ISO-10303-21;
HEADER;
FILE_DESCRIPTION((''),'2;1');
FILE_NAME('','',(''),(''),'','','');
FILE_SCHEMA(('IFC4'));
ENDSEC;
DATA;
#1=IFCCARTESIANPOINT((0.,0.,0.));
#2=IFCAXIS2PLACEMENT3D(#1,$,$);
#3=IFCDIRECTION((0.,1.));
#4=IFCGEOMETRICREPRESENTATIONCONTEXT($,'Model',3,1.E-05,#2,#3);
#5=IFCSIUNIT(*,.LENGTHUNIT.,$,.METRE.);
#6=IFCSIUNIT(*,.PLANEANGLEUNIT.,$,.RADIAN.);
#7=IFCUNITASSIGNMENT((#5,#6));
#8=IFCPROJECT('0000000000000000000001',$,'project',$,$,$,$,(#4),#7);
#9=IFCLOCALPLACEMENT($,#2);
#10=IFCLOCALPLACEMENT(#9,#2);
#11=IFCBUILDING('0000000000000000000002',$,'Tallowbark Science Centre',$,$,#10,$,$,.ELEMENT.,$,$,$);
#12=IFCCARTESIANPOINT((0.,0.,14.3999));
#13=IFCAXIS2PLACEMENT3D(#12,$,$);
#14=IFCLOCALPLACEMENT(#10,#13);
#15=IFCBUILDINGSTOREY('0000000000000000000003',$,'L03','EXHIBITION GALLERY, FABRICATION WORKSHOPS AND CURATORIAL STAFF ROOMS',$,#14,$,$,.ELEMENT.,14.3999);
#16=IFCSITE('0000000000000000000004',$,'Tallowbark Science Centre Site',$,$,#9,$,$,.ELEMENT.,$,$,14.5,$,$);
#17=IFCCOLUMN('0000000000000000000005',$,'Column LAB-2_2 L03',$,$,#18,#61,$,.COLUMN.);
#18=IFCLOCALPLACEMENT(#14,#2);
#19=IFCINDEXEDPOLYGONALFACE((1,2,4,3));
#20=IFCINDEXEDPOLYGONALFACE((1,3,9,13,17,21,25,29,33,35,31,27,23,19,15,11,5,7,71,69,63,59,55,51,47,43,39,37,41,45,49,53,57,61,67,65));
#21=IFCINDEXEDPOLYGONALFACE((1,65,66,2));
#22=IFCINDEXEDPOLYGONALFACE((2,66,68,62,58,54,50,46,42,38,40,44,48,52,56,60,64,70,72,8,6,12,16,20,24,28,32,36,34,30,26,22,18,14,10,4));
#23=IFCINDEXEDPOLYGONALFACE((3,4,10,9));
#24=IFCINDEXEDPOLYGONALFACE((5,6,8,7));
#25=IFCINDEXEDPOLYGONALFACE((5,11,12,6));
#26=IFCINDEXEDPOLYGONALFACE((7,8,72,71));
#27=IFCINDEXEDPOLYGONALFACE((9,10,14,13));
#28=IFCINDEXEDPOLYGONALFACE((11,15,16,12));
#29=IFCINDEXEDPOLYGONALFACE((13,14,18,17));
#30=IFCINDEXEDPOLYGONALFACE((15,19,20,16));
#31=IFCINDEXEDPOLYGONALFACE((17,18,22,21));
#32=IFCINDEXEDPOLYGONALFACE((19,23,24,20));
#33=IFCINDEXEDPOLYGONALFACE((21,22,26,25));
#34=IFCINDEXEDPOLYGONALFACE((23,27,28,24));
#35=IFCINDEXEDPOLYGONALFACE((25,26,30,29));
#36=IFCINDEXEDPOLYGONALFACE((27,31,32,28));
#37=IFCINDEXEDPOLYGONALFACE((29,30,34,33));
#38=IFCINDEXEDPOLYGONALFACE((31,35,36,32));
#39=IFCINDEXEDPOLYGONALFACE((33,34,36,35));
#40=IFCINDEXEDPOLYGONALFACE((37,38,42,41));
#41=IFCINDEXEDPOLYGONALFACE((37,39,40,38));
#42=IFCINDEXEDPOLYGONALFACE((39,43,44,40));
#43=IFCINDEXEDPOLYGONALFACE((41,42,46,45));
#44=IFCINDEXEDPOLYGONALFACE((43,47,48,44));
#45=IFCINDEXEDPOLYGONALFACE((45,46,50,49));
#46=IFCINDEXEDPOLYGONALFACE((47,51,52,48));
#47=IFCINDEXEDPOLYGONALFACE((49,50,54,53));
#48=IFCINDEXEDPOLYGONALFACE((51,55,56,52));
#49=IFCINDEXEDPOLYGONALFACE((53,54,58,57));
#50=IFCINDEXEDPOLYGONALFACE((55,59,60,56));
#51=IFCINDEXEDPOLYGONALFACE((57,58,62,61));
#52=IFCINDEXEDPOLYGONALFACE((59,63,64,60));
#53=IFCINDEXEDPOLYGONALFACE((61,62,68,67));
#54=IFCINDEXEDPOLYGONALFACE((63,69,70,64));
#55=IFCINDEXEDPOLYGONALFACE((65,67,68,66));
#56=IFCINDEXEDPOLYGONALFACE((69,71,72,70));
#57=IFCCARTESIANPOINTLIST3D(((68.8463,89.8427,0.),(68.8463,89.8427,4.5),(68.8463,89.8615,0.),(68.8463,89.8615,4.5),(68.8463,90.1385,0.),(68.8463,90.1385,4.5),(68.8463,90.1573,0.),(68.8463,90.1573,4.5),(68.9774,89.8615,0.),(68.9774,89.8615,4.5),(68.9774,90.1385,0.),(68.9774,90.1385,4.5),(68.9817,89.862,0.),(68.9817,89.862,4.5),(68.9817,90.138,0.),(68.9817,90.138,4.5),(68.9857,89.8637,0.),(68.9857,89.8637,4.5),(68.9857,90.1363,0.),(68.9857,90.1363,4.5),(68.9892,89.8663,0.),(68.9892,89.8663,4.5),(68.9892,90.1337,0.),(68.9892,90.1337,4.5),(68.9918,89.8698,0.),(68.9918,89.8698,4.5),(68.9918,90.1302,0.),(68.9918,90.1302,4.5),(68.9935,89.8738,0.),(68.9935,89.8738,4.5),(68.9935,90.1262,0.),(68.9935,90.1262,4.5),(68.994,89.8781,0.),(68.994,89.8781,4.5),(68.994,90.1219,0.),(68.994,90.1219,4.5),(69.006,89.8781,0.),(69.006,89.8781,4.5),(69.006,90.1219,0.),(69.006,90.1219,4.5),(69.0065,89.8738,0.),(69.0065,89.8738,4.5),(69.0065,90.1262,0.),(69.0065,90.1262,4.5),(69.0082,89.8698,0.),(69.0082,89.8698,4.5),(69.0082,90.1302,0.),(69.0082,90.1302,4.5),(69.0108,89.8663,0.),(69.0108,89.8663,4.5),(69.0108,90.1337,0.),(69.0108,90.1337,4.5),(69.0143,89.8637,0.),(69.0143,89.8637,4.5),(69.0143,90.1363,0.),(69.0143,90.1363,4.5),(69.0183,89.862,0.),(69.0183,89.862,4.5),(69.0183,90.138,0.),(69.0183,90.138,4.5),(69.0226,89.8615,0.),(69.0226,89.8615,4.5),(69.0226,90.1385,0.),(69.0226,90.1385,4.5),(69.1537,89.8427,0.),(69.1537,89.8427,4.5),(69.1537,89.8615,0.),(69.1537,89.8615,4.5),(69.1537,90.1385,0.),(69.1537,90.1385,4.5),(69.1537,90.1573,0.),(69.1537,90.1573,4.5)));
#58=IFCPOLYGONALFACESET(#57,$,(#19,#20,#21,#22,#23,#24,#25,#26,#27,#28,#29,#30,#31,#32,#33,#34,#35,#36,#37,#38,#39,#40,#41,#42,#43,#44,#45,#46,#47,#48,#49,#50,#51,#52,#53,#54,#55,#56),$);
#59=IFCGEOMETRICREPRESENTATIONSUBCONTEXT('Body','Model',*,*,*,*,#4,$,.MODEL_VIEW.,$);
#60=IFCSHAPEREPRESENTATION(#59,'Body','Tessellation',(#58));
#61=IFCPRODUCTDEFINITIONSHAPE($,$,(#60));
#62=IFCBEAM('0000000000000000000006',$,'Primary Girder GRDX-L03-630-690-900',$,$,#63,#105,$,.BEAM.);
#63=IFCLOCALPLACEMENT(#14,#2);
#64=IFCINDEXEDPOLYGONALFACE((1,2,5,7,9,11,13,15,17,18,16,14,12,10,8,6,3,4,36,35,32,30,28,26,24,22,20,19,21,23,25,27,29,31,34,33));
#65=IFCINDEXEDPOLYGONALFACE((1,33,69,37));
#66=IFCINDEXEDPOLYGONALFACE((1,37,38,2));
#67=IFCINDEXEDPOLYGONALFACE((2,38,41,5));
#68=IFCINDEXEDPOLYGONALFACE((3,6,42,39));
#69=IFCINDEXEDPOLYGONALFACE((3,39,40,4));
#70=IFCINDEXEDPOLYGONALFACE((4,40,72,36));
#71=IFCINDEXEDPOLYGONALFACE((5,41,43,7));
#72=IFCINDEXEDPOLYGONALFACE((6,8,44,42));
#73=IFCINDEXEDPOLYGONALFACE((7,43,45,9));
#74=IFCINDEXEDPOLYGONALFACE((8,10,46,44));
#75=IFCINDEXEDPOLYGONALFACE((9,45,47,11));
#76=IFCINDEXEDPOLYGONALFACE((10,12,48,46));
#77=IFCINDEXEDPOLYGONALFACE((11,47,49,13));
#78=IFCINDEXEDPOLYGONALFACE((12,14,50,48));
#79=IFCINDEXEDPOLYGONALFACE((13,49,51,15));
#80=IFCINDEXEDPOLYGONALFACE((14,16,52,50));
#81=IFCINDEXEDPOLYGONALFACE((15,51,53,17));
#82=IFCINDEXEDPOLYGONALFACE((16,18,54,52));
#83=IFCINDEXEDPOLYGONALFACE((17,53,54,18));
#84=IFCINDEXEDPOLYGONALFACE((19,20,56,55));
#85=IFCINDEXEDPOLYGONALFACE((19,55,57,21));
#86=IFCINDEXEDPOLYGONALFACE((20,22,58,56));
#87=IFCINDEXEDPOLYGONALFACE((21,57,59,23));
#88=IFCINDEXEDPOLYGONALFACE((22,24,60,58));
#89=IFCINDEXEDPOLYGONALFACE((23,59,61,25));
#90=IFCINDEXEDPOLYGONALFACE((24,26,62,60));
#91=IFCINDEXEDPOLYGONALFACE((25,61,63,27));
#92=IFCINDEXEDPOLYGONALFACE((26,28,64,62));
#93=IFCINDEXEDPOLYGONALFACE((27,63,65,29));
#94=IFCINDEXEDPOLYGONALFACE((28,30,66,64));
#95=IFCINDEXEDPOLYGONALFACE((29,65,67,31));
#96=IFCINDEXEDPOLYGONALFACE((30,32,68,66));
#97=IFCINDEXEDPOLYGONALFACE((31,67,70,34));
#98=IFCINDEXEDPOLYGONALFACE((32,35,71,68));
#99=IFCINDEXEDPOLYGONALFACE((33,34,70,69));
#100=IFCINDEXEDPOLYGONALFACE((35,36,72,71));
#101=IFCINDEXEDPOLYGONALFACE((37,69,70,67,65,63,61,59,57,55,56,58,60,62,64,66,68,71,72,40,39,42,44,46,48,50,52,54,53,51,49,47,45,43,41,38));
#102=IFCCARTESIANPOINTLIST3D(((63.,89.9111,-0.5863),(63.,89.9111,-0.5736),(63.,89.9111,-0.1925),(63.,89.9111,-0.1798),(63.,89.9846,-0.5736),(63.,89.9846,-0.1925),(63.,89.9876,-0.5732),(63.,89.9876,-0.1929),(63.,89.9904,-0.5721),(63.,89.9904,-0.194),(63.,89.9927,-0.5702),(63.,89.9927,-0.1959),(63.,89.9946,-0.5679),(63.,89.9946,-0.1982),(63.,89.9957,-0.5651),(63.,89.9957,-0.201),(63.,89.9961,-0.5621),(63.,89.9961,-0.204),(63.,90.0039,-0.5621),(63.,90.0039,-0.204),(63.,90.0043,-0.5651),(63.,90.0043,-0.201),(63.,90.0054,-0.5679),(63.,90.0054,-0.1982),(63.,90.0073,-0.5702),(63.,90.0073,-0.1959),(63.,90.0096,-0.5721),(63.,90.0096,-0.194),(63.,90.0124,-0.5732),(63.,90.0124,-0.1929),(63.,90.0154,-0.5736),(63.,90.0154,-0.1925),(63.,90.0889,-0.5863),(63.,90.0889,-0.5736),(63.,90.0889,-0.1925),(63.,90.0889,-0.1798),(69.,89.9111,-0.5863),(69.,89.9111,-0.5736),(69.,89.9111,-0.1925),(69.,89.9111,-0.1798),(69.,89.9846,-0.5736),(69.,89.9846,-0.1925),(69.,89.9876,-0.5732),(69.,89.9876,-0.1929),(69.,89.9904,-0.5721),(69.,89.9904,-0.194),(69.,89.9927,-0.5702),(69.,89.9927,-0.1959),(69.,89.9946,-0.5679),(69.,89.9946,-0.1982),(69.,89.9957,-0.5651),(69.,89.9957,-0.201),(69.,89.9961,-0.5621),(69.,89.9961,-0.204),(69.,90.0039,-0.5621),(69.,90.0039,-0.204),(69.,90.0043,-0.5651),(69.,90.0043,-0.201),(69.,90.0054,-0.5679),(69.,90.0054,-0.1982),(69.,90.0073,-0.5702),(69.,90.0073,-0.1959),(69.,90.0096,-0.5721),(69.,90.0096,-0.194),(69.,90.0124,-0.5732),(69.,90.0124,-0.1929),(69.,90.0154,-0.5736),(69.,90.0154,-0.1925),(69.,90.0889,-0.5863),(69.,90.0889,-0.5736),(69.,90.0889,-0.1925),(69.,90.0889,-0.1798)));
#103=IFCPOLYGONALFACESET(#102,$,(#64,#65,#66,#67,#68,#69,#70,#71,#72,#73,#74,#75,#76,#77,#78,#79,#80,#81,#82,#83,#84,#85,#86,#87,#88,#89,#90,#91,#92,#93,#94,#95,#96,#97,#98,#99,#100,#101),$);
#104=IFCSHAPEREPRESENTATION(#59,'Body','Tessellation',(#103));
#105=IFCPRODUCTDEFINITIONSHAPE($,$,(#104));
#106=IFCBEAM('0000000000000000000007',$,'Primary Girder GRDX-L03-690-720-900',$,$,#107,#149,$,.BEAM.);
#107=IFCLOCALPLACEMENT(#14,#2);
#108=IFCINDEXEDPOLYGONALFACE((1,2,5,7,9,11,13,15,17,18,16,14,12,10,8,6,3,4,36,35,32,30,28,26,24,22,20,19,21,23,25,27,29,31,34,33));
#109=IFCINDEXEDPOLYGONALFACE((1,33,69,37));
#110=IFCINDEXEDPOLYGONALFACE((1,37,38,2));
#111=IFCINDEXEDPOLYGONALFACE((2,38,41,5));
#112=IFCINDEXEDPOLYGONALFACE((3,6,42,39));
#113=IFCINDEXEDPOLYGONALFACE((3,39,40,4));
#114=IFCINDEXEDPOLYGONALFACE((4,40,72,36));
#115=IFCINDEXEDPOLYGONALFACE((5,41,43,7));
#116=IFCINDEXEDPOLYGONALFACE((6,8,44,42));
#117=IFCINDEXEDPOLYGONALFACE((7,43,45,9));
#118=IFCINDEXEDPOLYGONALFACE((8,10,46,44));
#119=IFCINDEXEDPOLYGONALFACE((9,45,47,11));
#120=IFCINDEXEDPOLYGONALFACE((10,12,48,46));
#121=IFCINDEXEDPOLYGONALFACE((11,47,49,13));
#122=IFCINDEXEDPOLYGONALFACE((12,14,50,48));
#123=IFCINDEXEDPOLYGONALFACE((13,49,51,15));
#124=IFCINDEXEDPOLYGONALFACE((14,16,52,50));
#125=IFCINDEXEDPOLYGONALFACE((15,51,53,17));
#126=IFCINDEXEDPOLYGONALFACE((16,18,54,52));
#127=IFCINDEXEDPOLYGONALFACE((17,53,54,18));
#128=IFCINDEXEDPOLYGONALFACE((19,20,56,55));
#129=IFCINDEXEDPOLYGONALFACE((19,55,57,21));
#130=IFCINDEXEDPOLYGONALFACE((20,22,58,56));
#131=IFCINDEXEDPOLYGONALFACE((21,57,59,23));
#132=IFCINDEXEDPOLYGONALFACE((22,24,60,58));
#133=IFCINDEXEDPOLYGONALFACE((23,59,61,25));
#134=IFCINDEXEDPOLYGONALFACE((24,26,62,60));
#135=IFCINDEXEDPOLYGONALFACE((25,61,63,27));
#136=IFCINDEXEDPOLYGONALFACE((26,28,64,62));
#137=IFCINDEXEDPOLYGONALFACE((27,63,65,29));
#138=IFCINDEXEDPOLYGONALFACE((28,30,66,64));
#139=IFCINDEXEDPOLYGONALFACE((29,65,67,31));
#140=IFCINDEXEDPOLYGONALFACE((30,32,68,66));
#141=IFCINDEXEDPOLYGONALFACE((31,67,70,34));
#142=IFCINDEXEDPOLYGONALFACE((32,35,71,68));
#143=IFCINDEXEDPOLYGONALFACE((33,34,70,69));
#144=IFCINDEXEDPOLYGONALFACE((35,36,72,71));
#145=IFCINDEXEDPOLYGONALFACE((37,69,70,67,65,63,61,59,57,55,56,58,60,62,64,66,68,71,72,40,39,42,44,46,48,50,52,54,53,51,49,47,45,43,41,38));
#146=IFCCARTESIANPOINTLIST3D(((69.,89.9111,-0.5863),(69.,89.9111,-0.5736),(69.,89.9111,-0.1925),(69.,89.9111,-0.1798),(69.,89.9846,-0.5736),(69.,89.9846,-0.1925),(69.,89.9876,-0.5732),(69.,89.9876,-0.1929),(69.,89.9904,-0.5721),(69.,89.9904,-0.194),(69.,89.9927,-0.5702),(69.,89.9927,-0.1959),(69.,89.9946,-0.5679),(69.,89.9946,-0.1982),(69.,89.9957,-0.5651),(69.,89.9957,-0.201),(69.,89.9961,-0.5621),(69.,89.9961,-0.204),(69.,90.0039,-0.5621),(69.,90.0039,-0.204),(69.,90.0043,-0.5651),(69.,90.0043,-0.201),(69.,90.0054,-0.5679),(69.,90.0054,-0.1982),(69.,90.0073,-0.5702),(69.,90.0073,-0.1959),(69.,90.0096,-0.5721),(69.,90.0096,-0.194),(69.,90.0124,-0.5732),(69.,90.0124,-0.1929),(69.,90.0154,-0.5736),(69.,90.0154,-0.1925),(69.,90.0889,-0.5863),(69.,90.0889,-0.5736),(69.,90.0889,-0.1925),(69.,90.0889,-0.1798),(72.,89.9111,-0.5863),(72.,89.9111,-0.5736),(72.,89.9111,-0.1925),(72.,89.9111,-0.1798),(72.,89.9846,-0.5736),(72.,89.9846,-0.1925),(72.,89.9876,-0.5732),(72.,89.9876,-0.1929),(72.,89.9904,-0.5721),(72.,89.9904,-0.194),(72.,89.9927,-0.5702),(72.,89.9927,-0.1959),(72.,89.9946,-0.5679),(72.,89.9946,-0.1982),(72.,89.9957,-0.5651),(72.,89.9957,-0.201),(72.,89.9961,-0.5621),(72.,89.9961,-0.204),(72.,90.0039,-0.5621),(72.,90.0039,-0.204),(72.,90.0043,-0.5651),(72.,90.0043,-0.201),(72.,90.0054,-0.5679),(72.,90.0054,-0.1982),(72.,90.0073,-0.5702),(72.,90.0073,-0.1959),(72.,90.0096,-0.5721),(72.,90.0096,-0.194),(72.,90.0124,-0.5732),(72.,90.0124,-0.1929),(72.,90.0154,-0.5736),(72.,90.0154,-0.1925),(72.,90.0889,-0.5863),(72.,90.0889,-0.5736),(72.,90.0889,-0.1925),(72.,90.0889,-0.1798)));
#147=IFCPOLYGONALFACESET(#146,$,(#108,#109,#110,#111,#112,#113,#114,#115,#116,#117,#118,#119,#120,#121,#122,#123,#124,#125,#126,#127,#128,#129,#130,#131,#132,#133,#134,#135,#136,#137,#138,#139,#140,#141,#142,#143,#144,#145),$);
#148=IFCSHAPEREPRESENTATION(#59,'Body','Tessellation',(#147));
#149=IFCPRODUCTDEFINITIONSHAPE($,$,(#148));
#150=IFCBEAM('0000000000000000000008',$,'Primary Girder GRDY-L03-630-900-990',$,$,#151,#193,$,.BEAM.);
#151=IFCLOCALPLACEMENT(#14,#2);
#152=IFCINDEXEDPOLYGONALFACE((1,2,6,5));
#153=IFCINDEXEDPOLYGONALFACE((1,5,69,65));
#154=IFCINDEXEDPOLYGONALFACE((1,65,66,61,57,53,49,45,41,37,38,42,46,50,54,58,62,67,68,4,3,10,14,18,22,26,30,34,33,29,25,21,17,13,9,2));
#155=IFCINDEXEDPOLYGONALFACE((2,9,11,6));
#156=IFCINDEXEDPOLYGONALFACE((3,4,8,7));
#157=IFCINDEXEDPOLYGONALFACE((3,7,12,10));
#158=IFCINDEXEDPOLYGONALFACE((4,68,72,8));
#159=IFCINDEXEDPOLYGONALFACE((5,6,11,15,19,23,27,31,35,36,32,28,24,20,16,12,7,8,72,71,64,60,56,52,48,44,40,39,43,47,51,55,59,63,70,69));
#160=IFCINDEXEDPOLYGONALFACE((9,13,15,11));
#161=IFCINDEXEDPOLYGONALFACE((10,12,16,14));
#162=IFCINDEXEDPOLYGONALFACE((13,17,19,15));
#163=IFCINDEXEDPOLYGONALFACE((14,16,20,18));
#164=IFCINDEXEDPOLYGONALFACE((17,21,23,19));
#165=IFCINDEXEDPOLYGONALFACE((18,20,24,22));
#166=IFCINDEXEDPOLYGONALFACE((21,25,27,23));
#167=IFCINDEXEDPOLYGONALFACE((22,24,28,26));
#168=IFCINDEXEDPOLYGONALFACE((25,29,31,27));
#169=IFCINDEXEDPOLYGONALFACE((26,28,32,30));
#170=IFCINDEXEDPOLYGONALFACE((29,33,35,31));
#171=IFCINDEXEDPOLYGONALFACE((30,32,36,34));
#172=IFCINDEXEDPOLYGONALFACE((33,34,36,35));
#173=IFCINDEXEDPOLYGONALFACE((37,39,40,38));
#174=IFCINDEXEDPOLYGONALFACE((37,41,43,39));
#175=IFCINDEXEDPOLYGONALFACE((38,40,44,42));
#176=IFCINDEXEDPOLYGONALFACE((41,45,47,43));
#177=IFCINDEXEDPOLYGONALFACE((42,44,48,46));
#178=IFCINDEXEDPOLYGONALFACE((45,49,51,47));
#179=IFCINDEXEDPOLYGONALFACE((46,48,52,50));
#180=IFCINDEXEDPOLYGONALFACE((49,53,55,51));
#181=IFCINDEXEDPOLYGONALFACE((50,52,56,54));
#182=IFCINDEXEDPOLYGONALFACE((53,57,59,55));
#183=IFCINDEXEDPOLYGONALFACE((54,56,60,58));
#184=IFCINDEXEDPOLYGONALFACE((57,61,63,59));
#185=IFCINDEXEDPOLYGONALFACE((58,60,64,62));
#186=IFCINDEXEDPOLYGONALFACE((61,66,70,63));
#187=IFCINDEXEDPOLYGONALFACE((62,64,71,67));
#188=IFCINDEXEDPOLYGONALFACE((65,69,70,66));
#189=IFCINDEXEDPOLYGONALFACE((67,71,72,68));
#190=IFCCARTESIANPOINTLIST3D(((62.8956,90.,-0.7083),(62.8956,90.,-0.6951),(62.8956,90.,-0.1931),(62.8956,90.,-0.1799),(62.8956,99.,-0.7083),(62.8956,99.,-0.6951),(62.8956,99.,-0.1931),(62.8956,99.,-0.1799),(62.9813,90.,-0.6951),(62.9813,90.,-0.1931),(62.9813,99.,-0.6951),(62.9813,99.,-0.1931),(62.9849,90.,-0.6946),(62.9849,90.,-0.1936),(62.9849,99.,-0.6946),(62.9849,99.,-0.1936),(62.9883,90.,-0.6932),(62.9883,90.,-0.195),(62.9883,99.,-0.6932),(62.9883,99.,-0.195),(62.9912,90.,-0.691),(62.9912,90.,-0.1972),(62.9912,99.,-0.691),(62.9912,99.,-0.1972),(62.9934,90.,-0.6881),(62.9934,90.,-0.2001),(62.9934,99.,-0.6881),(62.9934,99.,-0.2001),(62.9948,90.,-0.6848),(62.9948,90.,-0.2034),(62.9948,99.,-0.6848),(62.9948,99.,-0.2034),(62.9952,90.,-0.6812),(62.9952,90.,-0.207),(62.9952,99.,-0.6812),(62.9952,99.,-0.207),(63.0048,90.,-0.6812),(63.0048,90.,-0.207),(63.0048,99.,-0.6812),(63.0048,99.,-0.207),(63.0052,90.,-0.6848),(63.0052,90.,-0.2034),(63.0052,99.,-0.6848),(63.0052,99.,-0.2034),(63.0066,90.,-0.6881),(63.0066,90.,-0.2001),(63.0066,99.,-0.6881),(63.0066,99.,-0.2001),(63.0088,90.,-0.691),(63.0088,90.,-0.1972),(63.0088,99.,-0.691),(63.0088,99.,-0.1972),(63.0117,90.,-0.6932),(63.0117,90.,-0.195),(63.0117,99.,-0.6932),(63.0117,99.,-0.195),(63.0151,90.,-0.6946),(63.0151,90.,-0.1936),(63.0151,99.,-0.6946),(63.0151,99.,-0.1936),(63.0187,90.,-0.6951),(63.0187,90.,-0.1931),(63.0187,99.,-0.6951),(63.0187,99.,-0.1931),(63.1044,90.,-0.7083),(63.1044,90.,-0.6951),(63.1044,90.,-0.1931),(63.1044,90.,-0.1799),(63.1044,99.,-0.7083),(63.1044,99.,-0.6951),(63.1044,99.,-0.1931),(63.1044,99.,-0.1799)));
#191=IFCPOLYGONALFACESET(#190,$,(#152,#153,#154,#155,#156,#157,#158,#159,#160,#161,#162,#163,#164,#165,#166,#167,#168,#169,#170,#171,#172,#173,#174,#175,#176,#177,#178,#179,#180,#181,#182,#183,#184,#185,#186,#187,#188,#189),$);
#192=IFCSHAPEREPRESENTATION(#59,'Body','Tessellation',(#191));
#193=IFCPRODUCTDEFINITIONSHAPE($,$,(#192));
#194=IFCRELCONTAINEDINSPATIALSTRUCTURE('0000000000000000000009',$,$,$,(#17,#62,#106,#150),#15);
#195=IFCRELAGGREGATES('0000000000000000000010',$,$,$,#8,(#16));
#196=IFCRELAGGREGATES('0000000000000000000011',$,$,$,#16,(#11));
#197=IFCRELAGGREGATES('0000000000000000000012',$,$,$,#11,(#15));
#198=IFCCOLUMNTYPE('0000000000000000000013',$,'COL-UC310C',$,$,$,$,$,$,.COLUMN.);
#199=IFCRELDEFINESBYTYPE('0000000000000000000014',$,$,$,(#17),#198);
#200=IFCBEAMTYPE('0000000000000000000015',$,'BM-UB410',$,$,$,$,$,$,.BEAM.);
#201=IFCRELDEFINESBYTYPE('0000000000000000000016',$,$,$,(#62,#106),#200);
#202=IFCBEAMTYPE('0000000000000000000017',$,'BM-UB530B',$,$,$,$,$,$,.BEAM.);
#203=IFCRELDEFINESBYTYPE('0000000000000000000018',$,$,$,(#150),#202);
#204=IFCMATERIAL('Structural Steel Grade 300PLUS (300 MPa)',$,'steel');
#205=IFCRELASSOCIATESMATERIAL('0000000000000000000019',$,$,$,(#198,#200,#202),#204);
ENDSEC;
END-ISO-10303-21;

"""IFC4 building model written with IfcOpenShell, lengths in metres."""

from ifc_helpers import new_model, si_unit, direction, frame, origin, origin_2d, place, context, subcontext, project, spatial, i_section, extrude, material, material_profile, profile_set, type_object, element, save


model = new_model("IFC4")

# Units and contexts
model_context = context("Model", 3, precision=1e-05, world=origin(), true_north=direction((0.0, 1.0)))
body_context = subcontext(model_context, "Body", "Model", "MODEL_VIEW")
ifc_project = project(units=[si_unit("LENGTHUNIT", "METRE"), si_unit("PLANEANGLEUNIT", "RADIAN")], contexts=[model_context])

# Site, building, storey
site_placement = place(None, origin())
site = spatial("IfcSite", under=ifc_project, at=site_placement, Name="Tallowbark Science Centre Site", CompositionType="ELEMENT", RefElevation=14.5)
building_placement = place(site_placement, origin())
building = spatial("IfcBuilding", under=site, at=building_placement, Name="Tallowbark Science Centre", CompositionType="ELEMENT")
storey_placement = place(building_placement, frame((0.0, 0.0, 14.3999)))
storey = spatial("IfcBuildingStorey", under=building, at=storey_placement, Name="L03", Description="EXHIBITION GALLERY, FABRICATION WORKSHOPS AND CURATORIAL STAFF ROOMS", CompositionType="ELEMENT", Elevation=14.3999)

# Column
ifc_material_1 = material(Name="Structural Steel Grade 300PLUS (300 MPa)", Category="steel")
ifc_material_profile_1 = material_profile(ifc_material_1, i_section(OverallWidth=0.3074, OverallDepth=0.3147, WebThickness=0.012, FlangeThickness=0.0188, FilletRadius=0.0166, at=origin_2d()), Name="310UC118")
ifc_profile_set_1 = profile_set([ifc_material_profile_1], Name="Structural Steel Grade 300PLUS (300 MPa)")
column_type = type_object("IfcColumnType", Name="COL-UC310C", PredefinedType="COLUMN", material=ifc_profile_set_1)
column_placement = place(storey_placement, frame((69.0, 90.0, 0.0), z_axis=(0.0, 0.0, 1.0), x_axis=(1.0, 0.0, 0.0)))
element("IfcColumn", 1, at=column_placement, inside=storey, type_object=column_type, Name="Column LAB-2_2 L03", PredefinedType="COLUMN", context=body_context, shape_type="SweptSolid", body=[
    extrude(i_section(OverallWidth=0.3074, OverallDepth=0.3147, WebThickness=0.012, FlangeThickness=0.0188, FilletRadius=0.0166, at=origin_2d()), origin(), (0.0, 0.0, 1.0), 4.5),
])

# Beams
ifc_material_profile_2 = material_profile(ifc_material_1, i_section(OverallWidth=0.1777, OverallDepth=0.4065, WebThickness=0.0078, FlangeThickness=0.0127, FilletRadius=0.0115, at=origin_2d()), Name="410UB59.7")
ifc_profile_set_2 = profile_set([ifc_material_profile_2], Name="Structural Steel Grade 300PLUS (300 MPa)")
beam_type_1 = type_object("IfcBeamType", Name="BM-UB410", PredefinedType="BEAM", material=ifc_profile_set_2)
beam_1_placement = place(storey_placement, frame((63.0, 90.0, -0.3831), z_axis=(1.0, 0.0, 0.0), x_axis=(0.0, 1.0, 0.0)))
element("IfcBeam", 2, at=beam_1_placement, inside=storey, type_object=beam_type_1, Name="Primary Girder GRDX-L03-630-690-900", PredefinedType="BEAM", context=body_context, shape_type="SweptSolid", body=[
    extrude(i_section(OverallWidth=0.1777, OverallDepth=0.4065, WebThickness=0.0078, FlangeThickness=0.0127, FilletRadius=0.0115, at=origin_2d()), origin(), (0.0, 0.0, 1.0), 6.0),
])
beam_2_placement = place(storey_placement, frame((69.0, 90.0, -0.3831), z_axis=(1.0, 0.0, 0.0), x_axis=(0.0, 1.0, 0.0)))
element("IfcBeam", 3, at=beam_2_placement, inside=storey, type_object=beam_type_1, Name="Primary Girder GRDX-L03-690-720-900", PredefinedType="BEAM", context=body_context, shape_type="SweptSolid", body=[
    extrude(i_section(OverallWidth=0.1777, OverallDepth=0.4065, WebThickness=0.0078, FlangeThickness=0.0127, FilletRadius=0.0115, at=origin_2d()), origin(), (0.0, 0.0, 1.0), 3.0),
])
ifc_material_profile_3 = material_profile(ifc_material_1, i_section(OverallWidth=0.2087, OverallDepth=0.5283, WebThickness=0.0095, FlangeThickness=0.0132, FilletRadius=0.0139, at=origin_2d()), Name="530UB82.0")
ifc_profile_set_3 = profile_set([ifc_material_profile_3], Name="Structural Steel Grade 300PLUS (300 MPa)")
beam_type_2 = type_object("IfcBeamType", Name="BM-UB530B", PredefinedType="BEAM", material=ifc_profile_set_3)
for number, where, z_axis, x_axis, name in (
    (4, (63.0, 90.0, -0.4441), (0.0, 1.0, 0.0), (-1.0, 0.0, 0.0), "Primary Girder GRDY-L03-630-900-990"),
):
    element("IfcBeam", number, at=place(storey_placement, frame(where, z_axis=z_axis, x_axis=x_axis)), inside=storey, type_object=beam_type_2, Name=name, PredefinedType="BEAM", context=body_context, shape_type="SweptSolid", body=[
        extrude(i_section(OverallWidth=0.2087, OverallDepth=0.5283, WebThickness=0.0095, FlangeThickness=0.0132, FilletRadius=0.0139, at=origin_2d()), origin(), (0.0, 0.0, 1.0), 9.0),
    ])

save(model, "model.ifc")
